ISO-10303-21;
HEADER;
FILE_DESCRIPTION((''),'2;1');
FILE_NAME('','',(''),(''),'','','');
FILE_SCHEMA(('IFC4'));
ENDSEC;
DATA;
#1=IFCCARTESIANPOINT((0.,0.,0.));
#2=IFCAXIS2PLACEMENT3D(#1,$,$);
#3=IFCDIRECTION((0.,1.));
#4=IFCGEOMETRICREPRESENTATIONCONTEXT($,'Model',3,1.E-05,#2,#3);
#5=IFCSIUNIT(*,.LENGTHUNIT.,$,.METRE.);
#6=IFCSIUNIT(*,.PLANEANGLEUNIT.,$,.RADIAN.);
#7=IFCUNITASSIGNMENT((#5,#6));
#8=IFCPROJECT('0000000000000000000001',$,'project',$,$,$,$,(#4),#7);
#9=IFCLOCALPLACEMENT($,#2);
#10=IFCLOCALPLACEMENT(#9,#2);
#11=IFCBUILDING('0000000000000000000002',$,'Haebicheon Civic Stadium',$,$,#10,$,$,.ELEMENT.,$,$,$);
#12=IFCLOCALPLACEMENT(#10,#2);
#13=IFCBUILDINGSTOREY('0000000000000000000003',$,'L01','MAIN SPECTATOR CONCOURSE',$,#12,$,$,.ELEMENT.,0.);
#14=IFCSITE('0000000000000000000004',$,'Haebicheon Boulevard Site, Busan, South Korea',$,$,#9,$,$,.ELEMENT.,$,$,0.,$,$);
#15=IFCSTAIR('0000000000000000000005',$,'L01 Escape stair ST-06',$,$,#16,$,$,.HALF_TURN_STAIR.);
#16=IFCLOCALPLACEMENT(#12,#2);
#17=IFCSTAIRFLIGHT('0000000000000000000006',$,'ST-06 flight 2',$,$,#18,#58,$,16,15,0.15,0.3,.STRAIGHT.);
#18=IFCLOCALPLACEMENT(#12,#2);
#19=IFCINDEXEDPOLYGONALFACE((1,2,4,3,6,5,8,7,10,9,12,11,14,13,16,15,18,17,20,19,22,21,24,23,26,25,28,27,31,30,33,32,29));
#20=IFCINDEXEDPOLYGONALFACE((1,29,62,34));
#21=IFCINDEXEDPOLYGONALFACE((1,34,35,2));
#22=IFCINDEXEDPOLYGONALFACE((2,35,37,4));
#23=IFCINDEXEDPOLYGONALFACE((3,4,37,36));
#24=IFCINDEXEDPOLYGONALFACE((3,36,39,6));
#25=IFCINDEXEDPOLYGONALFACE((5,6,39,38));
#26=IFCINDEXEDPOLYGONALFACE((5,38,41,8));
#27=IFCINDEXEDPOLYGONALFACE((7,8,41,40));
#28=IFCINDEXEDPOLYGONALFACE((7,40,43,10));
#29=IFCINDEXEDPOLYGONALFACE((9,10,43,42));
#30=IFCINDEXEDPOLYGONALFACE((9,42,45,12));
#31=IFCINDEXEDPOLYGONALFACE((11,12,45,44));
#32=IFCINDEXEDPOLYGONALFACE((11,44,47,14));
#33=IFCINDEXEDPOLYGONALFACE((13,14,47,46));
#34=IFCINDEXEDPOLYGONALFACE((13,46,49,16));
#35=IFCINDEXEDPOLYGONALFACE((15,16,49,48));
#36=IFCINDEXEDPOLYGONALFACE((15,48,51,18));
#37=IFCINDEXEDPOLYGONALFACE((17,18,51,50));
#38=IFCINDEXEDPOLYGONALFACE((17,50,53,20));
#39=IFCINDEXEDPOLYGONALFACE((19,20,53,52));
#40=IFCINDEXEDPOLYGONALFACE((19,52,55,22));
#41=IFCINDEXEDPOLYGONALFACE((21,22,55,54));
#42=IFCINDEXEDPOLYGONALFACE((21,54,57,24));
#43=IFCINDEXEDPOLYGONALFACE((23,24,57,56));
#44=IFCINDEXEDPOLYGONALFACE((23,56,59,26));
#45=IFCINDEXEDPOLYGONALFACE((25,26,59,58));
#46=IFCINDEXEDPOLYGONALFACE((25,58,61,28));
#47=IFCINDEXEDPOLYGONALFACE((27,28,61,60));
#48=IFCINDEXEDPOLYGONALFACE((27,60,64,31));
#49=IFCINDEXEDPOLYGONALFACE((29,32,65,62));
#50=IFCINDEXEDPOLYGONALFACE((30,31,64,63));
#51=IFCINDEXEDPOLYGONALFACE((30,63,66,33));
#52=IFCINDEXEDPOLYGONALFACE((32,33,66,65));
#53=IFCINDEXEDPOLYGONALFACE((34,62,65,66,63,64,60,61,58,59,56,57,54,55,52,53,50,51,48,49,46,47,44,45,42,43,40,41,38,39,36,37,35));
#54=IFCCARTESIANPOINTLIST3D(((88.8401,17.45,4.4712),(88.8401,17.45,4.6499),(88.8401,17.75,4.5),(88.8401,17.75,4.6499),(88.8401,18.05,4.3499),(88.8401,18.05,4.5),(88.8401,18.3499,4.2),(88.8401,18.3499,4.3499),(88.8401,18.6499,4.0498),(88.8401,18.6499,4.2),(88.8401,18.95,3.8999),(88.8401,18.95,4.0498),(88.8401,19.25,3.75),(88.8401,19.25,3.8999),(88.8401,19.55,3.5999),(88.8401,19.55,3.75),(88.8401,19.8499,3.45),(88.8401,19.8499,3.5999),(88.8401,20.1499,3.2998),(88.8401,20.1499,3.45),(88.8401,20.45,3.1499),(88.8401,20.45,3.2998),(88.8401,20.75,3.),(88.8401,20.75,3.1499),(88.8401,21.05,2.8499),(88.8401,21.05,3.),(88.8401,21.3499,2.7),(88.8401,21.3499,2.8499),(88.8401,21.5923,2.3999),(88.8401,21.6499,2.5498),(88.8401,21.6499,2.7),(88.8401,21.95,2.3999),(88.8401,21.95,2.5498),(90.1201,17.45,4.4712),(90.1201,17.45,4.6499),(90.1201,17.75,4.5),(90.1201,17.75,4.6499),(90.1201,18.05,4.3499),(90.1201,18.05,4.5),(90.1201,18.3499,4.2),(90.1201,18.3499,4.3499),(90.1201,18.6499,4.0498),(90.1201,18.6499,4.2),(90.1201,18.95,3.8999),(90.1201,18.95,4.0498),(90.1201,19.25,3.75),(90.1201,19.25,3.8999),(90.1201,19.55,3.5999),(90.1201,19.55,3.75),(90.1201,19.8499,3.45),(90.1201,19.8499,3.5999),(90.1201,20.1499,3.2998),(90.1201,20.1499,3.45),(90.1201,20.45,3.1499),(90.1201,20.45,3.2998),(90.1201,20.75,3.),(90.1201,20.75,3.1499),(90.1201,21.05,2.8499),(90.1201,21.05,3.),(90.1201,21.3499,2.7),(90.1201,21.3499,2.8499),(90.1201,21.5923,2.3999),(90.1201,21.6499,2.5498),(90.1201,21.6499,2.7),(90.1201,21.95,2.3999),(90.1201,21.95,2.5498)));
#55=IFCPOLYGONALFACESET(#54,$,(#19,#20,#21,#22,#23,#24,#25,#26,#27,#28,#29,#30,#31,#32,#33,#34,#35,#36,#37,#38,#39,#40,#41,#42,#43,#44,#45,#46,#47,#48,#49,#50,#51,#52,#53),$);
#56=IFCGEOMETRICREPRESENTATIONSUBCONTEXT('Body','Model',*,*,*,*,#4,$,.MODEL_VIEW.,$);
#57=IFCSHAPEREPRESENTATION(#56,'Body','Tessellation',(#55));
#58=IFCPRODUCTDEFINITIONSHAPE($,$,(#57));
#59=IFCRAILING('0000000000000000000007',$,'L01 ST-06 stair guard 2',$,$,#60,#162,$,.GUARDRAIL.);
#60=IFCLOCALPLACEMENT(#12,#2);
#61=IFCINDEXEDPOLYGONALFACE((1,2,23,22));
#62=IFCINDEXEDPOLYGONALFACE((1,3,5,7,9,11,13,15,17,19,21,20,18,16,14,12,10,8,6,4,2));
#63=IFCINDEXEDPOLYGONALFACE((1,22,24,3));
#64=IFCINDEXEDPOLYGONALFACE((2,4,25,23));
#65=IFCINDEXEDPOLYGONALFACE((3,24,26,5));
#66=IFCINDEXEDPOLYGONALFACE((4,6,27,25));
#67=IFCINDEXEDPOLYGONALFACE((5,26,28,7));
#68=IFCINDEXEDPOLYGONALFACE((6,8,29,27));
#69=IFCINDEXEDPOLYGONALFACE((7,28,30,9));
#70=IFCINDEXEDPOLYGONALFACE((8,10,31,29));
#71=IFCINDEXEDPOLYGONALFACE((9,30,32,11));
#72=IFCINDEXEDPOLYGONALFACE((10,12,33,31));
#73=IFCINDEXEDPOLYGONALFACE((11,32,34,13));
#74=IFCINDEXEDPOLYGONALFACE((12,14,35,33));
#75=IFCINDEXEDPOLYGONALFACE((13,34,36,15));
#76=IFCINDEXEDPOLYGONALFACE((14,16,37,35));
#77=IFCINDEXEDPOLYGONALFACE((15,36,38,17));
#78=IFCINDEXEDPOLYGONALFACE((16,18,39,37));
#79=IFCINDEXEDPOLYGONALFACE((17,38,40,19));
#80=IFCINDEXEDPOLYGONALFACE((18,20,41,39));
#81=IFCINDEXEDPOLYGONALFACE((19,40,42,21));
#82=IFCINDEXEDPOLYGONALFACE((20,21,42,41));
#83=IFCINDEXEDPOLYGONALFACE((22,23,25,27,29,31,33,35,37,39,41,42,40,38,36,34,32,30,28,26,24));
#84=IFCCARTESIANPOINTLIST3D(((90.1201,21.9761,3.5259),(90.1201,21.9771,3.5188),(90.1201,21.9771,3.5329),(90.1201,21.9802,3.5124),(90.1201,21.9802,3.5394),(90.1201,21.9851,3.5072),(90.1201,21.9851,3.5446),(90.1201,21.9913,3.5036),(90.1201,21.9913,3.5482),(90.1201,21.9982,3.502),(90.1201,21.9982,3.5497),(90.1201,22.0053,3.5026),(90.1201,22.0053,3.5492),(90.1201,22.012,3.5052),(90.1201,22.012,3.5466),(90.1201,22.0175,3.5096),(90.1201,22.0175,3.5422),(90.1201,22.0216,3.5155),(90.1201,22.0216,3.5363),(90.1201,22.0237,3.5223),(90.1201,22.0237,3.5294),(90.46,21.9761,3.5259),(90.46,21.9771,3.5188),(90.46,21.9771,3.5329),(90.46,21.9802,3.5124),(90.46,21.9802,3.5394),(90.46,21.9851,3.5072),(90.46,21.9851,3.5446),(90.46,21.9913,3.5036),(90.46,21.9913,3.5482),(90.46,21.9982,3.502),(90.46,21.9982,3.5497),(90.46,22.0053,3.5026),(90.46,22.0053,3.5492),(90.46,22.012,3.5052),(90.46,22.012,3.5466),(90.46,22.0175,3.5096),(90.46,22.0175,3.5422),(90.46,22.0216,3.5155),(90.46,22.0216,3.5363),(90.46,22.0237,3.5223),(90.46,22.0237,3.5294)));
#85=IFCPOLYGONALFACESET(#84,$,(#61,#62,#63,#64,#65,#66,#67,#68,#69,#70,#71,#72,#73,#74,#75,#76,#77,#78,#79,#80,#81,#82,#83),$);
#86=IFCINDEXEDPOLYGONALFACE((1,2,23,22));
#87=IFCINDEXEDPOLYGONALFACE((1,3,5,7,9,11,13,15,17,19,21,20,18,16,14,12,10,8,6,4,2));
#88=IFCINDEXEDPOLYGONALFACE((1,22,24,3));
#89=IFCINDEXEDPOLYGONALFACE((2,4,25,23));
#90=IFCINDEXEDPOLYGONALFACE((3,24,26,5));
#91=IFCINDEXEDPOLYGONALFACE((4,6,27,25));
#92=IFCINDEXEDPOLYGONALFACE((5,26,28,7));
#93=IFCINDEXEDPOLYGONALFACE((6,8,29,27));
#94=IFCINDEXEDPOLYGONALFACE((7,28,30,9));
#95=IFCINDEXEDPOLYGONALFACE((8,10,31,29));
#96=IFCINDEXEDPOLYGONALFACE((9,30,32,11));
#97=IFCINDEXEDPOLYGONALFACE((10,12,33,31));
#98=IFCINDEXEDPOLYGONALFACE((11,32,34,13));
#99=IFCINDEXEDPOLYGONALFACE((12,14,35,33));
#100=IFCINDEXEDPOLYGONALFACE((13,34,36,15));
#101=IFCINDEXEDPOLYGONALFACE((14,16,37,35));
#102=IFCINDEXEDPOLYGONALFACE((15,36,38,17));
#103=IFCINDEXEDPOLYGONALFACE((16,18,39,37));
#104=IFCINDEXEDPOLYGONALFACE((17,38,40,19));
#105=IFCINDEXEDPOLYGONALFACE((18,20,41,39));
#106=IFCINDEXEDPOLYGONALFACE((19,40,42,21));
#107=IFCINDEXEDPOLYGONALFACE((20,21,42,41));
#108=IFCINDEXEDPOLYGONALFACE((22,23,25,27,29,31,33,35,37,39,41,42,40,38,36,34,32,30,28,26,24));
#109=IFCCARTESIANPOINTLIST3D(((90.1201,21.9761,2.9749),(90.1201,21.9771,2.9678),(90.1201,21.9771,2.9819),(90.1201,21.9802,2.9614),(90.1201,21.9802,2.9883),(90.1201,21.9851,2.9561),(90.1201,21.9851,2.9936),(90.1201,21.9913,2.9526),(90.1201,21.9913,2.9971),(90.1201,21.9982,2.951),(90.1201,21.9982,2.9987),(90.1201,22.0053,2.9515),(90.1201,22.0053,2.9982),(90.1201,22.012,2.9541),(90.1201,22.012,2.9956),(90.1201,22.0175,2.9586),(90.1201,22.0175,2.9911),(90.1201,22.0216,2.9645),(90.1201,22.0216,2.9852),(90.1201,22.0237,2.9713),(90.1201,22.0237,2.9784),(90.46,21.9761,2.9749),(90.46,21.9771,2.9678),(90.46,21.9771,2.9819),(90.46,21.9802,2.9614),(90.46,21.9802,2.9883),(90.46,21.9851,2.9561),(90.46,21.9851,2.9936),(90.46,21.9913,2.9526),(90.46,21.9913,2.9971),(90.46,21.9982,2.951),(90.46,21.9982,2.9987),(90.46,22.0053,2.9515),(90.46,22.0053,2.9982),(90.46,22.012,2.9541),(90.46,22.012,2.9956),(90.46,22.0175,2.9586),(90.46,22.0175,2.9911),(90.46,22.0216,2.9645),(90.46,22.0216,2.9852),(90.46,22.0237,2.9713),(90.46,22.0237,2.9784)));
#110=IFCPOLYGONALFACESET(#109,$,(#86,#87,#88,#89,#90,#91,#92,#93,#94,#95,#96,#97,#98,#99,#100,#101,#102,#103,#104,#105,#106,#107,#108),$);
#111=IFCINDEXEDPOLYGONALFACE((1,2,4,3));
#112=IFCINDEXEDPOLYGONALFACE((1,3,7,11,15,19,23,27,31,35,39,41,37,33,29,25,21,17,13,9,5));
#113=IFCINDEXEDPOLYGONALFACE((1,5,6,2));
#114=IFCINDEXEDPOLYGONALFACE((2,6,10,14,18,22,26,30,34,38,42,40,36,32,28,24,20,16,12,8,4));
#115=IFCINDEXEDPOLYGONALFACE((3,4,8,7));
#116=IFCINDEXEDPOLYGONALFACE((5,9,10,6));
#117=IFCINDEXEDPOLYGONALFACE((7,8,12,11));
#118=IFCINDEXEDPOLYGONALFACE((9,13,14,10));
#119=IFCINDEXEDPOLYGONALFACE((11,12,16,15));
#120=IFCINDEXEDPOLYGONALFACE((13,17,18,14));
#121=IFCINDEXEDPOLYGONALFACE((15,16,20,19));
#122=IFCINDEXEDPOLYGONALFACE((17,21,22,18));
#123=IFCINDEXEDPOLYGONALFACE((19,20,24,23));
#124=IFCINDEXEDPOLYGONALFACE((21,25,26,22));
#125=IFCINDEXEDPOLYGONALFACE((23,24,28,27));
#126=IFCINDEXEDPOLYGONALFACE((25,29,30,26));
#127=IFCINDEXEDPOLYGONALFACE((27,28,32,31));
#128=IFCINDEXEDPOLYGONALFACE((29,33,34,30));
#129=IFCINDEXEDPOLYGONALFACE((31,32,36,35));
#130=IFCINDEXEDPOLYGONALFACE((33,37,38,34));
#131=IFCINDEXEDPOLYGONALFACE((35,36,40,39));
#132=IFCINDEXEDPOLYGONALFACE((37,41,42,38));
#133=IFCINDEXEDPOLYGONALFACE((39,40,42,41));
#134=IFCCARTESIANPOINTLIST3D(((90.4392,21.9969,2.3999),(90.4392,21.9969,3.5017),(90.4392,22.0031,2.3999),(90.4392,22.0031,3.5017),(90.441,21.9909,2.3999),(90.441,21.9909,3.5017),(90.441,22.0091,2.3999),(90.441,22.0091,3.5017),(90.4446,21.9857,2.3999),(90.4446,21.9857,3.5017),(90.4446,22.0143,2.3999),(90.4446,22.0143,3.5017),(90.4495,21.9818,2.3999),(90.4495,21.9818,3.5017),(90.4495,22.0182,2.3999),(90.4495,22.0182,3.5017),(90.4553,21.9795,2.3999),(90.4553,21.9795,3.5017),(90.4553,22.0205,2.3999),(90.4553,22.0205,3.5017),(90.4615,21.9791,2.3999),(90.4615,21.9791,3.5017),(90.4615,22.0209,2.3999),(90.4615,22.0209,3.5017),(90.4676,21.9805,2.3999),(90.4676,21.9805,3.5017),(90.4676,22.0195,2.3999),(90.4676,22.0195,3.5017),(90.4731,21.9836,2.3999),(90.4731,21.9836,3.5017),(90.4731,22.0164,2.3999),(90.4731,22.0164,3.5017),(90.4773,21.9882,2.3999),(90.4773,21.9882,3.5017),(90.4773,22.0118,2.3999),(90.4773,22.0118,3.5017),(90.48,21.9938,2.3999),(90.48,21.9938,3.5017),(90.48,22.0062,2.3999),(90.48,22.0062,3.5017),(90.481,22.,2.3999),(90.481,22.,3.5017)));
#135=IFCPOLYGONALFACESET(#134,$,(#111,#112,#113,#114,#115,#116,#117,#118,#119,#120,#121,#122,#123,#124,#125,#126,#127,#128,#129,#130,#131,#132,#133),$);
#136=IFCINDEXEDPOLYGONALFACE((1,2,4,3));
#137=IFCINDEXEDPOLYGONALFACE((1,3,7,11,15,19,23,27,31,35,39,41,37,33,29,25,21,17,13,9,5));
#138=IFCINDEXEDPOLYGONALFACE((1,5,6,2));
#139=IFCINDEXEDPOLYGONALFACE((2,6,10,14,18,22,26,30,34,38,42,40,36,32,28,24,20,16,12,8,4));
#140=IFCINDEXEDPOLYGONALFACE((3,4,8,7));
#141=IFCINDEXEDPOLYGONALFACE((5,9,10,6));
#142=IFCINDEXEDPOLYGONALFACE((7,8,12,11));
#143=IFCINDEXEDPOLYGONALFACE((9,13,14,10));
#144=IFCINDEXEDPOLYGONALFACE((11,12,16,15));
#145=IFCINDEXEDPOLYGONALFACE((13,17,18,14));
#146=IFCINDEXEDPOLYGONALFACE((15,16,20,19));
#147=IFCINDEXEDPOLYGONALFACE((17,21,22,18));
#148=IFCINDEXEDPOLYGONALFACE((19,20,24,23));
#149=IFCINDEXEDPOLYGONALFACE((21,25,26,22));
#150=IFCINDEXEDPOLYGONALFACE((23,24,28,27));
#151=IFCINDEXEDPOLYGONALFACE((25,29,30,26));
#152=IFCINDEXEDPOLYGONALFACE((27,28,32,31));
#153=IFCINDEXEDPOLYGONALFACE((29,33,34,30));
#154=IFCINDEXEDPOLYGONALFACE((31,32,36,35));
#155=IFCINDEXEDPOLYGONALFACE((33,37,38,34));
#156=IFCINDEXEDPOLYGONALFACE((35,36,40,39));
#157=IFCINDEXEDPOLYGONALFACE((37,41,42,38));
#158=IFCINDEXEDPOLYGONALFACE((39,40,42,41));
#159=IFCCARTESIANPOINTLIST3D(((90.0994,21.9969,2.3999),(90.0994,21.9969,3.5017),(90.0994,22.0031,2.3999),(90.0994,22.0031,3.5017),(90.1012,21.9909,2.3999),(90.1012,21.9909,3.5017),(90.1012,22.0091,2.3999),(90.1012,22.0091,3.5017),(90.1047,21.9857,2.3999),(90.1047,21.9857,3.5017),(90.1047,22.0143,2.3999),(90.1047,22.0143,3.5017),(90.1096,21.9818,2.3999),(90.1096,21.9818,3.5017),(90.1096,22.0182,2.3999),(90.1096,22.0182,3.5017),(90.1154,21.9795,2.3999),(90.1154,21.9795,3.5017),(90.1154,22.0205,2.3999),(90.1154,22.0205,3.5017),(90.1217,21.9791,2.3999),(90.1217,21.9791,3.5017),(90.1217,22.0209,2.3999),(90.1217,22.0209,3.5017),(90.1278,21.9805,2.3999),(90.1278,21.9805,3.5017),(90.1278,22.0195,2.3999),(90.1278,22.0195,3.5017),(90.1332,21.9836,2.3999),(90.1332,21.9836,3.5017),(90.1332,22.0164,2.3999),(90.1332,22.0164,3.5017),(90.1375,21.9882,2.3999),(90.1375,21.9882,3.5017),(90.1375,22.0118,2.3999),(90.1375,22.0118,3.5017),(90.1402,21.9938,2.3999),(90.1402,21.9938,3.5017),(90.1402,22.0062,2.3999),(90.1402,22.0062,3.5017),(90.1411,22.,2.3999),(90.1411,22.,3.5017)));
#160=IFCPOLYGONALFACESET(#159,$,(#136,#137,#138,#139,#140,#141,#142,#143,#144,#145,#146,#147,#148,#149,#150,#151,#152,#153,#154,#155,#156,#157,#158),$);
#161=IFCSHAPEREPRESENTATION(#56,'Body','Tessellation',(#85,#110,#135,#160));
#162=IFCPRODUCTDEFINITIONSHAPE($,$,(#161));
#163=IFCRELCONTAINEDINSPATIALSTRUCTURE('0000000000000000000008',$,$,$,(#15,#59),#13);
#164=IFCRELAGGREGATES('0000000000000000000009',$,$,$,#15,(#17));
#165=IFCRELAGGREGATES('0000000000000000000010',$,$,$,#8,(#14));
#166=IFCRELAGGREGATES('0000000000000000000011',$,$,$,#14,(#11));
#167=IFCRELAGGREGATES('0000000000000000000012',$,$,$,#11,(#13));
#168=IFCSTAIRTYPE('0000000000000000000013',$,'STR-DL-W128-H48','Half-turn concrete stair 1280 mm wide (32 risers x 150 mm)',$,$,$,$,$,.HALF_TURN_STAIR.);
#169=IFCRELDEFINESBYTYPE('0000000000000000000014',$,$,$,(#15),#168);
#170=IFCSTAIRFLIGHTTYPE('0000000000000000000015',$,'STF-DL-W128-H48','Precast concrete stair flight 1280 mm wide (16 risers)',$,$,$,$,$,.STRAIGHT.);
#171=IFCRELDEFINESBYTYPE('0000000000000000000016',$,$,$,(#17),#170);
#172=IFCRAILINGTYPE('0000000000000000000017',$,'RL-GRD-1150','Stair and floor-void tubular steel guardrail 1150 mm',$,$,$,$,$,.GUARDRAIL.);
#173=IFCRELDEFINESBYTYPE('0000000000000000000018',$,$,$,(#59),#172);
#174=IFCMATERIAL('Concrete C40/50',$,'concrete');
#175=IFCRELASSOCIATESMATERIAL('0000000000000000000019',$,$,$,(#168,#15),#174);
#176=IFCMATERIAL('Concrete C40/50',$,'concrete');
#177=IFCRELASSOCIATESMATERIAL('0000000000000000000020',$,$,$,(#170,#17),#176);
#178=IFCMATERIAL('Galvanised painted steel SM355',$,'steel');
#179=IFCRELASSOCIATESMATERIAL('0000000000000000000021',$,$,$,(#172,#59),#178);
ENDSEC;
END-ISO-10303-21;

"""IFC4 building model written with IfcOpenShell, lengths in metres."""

from ifc_helpers import new_model, si_unit, direction, frame, origin, origin_2d, place, context, subcontext, project, spatial, polyline, circle, outline, extrude, material, type_object, element, aggregate, save


model = new_model("IFC4")

# Units and contexts
model_context = context("Model", 3, precision=1e-05, world=origin(), true_north=direction((0.0, 1.0)))
body_context = subcontext(model_context, "Body", "Model", "MODEL_VIEW")
ifc_project = project(units=[si_unit("LENGTHUNIT", "METRE"), si_unit("PLANEANGLEUNIT", "RADIAN")], contexts=[model_context])

# Site, building, storey
site_placement = place(None, origin())
site = spatial("IfcSite", under=ifc_project, at=site_placement, Name="Haebicheon Boulevard Site, Busan, South Korea", CompositionType="ELEMENT", RefElevation=0.0)
building_placement = place(site_placement, origin())
building = spatial("IfcBuilding", under=site, at=building_placement, Name="Haebicheon Civic Stadium", CompositionType="ELEMENT")
storey_placement = place(building_placement, origin())
storey = spatial("IfcBuildingStorey", under=building, at=storey_placement, Name="L01", Description="MAIN SPECTATOR CONCOURSE", CompositionType="ELEMENT", Elevation=0.0)

# Stair, stair flight
ifc_material_1 = material(Name="Concrete C40/50", Category="concrete")
stair_type = type_object("IfcStairType", Name="STR-DL-W128-H48", Description="Half-turn concrete stair 1280 mm wide (32 risers x 150 mm)", PredefinedType="HALF_TURN_STAIR", material=ifc_material_1)
stair_placement = place(storey_placement, origin())
stair = element("IfcStair", 1, at=stair_placement, inside=storey, type_object=stair_type, material=ifc_material_1, Name="L01 Escape stair ST-06", PredefinedType="HALF_TURN_STAIR")
ifc_material_2 = material(Name="Concrete C40/50", Category="concrete")
stair_flight_type = type_object("IfcStairFlightType", Name="STF-DL-W128-H48", Description="Precast concrete stair flight 1280 mm wide (16 risers)", PredefinedType="STRAIGHT", material=ifc_material_2)
stair_flight_placement = place(storey_placement, frame((89.48, 21.95, 2.3999), z_axis=(0.0, 0.0, 1.0), x_axis=(0.0, -1.0, 0.0)))
stair_flight = element("IfcStairFlight", 2, at=stair_flight_placement, type_object=stair_flight_type, material=ifc_material_2, Name="ST-06 flight 2", NumberOfRisers=16, NumberOfTreads=15, PredefinedType="STRAIGHT", RiserHeight=0.15, TreadLength=0.3, context=body_context, shape_type="SweptSolid", body=[
    extrude(outline(polyline([(0.0, 0.0), (0.0, 0.1499), (0.3, 0.1499), (0.3, 0.3), (0.6001, 0.3), (0.6001, 0.45), (0.8999, 0.45), (0.8999, 0.6001), (1.2, 0.6001), (1.2, 0.75), (1.5, 0.75), (1.5, 0.8999), (1.8, 0.8999), (1.8, 1.05), (2.1001, 1.05), (2.1001, 1.2), (2.3999, 1.2), (2.3999, 1.3501), (2.7, 1.3501), (2.7, 1.5), (3.0, 1.5), (3.0, 1.6499), (3.3, 1.6499), (3.3, 1.8), (3.6001, 1.8), (3.6001, 1.95), (3.8999, 1.95), (3.8999, 2.1001), (4.2, 2.1001), (4.2, 2.25), (4.5, 2.25), (4.5, 2.3999), (4.5, 2.0713), (0.3577, 0.0), (0.0, 0.0)])), frame((0.0, 0.6401, 0.0), z_axis=(0.0, -1.0, 0.0), x_axis=(1.0, 0.0, 0.0)), (0.0, 0.0, 1.0), 1.28),
])
aggregate(stair, [stair_flight])

# Railing
ifc_material_3 = material(Name="Galvanised painted steel SM355", Category="steel")
railing_type_1 = type_object("IfcRailingType", Name="RL-GRD-1150", Description="Stair and floor-void tubular steel guardrail 1150 mm", PredefinedType="GUARDRAIL", material=ifc_material_3)
railing_1_placement = place(storey_placement, frame((90.46, 22.0, 2.3999)))
element("IfcRailing", 3, at=railing_1_placement, inside=storey, type_object=railing_type_1, material=ifc_material_3, Name="L01 ST-06 stair guard 2", PredefinedType="GUARDRAIL", context=body_context, shape_type="SweptSolid", body=[
    extrude(circle(Radius=0.0239, at=origin_2d()), frame((0.0, 0.0, 1.126), z_axis=(-1.0, 0.0, 0.0), x_axis=(0.0, -1.0, 0.0)), (0.0, 0.0, 1.0), 0.3398),
    extrude(circle(Radius=0.0239, at=origin_2d()), frame((0.0, 0.0, 0.575), z_axis=(-1.0, 0.0, 0.0), x_axis=(0.0, -1.0, 0.0)), (0.0, 0.0, 1.0), 0.3398),
    extrude(circle(Radius=0.021, at=origin_2d()), origin(), (0.0, 0.0, 1.0), 1.1018),
    extrude(circle(Radius=0.021, at=origin_2d()), frame((-0.3398, 0.0, 0.0)), (0.0, 0.0, 1.0), 1.1018),
])

save(model, "model.ifc")
